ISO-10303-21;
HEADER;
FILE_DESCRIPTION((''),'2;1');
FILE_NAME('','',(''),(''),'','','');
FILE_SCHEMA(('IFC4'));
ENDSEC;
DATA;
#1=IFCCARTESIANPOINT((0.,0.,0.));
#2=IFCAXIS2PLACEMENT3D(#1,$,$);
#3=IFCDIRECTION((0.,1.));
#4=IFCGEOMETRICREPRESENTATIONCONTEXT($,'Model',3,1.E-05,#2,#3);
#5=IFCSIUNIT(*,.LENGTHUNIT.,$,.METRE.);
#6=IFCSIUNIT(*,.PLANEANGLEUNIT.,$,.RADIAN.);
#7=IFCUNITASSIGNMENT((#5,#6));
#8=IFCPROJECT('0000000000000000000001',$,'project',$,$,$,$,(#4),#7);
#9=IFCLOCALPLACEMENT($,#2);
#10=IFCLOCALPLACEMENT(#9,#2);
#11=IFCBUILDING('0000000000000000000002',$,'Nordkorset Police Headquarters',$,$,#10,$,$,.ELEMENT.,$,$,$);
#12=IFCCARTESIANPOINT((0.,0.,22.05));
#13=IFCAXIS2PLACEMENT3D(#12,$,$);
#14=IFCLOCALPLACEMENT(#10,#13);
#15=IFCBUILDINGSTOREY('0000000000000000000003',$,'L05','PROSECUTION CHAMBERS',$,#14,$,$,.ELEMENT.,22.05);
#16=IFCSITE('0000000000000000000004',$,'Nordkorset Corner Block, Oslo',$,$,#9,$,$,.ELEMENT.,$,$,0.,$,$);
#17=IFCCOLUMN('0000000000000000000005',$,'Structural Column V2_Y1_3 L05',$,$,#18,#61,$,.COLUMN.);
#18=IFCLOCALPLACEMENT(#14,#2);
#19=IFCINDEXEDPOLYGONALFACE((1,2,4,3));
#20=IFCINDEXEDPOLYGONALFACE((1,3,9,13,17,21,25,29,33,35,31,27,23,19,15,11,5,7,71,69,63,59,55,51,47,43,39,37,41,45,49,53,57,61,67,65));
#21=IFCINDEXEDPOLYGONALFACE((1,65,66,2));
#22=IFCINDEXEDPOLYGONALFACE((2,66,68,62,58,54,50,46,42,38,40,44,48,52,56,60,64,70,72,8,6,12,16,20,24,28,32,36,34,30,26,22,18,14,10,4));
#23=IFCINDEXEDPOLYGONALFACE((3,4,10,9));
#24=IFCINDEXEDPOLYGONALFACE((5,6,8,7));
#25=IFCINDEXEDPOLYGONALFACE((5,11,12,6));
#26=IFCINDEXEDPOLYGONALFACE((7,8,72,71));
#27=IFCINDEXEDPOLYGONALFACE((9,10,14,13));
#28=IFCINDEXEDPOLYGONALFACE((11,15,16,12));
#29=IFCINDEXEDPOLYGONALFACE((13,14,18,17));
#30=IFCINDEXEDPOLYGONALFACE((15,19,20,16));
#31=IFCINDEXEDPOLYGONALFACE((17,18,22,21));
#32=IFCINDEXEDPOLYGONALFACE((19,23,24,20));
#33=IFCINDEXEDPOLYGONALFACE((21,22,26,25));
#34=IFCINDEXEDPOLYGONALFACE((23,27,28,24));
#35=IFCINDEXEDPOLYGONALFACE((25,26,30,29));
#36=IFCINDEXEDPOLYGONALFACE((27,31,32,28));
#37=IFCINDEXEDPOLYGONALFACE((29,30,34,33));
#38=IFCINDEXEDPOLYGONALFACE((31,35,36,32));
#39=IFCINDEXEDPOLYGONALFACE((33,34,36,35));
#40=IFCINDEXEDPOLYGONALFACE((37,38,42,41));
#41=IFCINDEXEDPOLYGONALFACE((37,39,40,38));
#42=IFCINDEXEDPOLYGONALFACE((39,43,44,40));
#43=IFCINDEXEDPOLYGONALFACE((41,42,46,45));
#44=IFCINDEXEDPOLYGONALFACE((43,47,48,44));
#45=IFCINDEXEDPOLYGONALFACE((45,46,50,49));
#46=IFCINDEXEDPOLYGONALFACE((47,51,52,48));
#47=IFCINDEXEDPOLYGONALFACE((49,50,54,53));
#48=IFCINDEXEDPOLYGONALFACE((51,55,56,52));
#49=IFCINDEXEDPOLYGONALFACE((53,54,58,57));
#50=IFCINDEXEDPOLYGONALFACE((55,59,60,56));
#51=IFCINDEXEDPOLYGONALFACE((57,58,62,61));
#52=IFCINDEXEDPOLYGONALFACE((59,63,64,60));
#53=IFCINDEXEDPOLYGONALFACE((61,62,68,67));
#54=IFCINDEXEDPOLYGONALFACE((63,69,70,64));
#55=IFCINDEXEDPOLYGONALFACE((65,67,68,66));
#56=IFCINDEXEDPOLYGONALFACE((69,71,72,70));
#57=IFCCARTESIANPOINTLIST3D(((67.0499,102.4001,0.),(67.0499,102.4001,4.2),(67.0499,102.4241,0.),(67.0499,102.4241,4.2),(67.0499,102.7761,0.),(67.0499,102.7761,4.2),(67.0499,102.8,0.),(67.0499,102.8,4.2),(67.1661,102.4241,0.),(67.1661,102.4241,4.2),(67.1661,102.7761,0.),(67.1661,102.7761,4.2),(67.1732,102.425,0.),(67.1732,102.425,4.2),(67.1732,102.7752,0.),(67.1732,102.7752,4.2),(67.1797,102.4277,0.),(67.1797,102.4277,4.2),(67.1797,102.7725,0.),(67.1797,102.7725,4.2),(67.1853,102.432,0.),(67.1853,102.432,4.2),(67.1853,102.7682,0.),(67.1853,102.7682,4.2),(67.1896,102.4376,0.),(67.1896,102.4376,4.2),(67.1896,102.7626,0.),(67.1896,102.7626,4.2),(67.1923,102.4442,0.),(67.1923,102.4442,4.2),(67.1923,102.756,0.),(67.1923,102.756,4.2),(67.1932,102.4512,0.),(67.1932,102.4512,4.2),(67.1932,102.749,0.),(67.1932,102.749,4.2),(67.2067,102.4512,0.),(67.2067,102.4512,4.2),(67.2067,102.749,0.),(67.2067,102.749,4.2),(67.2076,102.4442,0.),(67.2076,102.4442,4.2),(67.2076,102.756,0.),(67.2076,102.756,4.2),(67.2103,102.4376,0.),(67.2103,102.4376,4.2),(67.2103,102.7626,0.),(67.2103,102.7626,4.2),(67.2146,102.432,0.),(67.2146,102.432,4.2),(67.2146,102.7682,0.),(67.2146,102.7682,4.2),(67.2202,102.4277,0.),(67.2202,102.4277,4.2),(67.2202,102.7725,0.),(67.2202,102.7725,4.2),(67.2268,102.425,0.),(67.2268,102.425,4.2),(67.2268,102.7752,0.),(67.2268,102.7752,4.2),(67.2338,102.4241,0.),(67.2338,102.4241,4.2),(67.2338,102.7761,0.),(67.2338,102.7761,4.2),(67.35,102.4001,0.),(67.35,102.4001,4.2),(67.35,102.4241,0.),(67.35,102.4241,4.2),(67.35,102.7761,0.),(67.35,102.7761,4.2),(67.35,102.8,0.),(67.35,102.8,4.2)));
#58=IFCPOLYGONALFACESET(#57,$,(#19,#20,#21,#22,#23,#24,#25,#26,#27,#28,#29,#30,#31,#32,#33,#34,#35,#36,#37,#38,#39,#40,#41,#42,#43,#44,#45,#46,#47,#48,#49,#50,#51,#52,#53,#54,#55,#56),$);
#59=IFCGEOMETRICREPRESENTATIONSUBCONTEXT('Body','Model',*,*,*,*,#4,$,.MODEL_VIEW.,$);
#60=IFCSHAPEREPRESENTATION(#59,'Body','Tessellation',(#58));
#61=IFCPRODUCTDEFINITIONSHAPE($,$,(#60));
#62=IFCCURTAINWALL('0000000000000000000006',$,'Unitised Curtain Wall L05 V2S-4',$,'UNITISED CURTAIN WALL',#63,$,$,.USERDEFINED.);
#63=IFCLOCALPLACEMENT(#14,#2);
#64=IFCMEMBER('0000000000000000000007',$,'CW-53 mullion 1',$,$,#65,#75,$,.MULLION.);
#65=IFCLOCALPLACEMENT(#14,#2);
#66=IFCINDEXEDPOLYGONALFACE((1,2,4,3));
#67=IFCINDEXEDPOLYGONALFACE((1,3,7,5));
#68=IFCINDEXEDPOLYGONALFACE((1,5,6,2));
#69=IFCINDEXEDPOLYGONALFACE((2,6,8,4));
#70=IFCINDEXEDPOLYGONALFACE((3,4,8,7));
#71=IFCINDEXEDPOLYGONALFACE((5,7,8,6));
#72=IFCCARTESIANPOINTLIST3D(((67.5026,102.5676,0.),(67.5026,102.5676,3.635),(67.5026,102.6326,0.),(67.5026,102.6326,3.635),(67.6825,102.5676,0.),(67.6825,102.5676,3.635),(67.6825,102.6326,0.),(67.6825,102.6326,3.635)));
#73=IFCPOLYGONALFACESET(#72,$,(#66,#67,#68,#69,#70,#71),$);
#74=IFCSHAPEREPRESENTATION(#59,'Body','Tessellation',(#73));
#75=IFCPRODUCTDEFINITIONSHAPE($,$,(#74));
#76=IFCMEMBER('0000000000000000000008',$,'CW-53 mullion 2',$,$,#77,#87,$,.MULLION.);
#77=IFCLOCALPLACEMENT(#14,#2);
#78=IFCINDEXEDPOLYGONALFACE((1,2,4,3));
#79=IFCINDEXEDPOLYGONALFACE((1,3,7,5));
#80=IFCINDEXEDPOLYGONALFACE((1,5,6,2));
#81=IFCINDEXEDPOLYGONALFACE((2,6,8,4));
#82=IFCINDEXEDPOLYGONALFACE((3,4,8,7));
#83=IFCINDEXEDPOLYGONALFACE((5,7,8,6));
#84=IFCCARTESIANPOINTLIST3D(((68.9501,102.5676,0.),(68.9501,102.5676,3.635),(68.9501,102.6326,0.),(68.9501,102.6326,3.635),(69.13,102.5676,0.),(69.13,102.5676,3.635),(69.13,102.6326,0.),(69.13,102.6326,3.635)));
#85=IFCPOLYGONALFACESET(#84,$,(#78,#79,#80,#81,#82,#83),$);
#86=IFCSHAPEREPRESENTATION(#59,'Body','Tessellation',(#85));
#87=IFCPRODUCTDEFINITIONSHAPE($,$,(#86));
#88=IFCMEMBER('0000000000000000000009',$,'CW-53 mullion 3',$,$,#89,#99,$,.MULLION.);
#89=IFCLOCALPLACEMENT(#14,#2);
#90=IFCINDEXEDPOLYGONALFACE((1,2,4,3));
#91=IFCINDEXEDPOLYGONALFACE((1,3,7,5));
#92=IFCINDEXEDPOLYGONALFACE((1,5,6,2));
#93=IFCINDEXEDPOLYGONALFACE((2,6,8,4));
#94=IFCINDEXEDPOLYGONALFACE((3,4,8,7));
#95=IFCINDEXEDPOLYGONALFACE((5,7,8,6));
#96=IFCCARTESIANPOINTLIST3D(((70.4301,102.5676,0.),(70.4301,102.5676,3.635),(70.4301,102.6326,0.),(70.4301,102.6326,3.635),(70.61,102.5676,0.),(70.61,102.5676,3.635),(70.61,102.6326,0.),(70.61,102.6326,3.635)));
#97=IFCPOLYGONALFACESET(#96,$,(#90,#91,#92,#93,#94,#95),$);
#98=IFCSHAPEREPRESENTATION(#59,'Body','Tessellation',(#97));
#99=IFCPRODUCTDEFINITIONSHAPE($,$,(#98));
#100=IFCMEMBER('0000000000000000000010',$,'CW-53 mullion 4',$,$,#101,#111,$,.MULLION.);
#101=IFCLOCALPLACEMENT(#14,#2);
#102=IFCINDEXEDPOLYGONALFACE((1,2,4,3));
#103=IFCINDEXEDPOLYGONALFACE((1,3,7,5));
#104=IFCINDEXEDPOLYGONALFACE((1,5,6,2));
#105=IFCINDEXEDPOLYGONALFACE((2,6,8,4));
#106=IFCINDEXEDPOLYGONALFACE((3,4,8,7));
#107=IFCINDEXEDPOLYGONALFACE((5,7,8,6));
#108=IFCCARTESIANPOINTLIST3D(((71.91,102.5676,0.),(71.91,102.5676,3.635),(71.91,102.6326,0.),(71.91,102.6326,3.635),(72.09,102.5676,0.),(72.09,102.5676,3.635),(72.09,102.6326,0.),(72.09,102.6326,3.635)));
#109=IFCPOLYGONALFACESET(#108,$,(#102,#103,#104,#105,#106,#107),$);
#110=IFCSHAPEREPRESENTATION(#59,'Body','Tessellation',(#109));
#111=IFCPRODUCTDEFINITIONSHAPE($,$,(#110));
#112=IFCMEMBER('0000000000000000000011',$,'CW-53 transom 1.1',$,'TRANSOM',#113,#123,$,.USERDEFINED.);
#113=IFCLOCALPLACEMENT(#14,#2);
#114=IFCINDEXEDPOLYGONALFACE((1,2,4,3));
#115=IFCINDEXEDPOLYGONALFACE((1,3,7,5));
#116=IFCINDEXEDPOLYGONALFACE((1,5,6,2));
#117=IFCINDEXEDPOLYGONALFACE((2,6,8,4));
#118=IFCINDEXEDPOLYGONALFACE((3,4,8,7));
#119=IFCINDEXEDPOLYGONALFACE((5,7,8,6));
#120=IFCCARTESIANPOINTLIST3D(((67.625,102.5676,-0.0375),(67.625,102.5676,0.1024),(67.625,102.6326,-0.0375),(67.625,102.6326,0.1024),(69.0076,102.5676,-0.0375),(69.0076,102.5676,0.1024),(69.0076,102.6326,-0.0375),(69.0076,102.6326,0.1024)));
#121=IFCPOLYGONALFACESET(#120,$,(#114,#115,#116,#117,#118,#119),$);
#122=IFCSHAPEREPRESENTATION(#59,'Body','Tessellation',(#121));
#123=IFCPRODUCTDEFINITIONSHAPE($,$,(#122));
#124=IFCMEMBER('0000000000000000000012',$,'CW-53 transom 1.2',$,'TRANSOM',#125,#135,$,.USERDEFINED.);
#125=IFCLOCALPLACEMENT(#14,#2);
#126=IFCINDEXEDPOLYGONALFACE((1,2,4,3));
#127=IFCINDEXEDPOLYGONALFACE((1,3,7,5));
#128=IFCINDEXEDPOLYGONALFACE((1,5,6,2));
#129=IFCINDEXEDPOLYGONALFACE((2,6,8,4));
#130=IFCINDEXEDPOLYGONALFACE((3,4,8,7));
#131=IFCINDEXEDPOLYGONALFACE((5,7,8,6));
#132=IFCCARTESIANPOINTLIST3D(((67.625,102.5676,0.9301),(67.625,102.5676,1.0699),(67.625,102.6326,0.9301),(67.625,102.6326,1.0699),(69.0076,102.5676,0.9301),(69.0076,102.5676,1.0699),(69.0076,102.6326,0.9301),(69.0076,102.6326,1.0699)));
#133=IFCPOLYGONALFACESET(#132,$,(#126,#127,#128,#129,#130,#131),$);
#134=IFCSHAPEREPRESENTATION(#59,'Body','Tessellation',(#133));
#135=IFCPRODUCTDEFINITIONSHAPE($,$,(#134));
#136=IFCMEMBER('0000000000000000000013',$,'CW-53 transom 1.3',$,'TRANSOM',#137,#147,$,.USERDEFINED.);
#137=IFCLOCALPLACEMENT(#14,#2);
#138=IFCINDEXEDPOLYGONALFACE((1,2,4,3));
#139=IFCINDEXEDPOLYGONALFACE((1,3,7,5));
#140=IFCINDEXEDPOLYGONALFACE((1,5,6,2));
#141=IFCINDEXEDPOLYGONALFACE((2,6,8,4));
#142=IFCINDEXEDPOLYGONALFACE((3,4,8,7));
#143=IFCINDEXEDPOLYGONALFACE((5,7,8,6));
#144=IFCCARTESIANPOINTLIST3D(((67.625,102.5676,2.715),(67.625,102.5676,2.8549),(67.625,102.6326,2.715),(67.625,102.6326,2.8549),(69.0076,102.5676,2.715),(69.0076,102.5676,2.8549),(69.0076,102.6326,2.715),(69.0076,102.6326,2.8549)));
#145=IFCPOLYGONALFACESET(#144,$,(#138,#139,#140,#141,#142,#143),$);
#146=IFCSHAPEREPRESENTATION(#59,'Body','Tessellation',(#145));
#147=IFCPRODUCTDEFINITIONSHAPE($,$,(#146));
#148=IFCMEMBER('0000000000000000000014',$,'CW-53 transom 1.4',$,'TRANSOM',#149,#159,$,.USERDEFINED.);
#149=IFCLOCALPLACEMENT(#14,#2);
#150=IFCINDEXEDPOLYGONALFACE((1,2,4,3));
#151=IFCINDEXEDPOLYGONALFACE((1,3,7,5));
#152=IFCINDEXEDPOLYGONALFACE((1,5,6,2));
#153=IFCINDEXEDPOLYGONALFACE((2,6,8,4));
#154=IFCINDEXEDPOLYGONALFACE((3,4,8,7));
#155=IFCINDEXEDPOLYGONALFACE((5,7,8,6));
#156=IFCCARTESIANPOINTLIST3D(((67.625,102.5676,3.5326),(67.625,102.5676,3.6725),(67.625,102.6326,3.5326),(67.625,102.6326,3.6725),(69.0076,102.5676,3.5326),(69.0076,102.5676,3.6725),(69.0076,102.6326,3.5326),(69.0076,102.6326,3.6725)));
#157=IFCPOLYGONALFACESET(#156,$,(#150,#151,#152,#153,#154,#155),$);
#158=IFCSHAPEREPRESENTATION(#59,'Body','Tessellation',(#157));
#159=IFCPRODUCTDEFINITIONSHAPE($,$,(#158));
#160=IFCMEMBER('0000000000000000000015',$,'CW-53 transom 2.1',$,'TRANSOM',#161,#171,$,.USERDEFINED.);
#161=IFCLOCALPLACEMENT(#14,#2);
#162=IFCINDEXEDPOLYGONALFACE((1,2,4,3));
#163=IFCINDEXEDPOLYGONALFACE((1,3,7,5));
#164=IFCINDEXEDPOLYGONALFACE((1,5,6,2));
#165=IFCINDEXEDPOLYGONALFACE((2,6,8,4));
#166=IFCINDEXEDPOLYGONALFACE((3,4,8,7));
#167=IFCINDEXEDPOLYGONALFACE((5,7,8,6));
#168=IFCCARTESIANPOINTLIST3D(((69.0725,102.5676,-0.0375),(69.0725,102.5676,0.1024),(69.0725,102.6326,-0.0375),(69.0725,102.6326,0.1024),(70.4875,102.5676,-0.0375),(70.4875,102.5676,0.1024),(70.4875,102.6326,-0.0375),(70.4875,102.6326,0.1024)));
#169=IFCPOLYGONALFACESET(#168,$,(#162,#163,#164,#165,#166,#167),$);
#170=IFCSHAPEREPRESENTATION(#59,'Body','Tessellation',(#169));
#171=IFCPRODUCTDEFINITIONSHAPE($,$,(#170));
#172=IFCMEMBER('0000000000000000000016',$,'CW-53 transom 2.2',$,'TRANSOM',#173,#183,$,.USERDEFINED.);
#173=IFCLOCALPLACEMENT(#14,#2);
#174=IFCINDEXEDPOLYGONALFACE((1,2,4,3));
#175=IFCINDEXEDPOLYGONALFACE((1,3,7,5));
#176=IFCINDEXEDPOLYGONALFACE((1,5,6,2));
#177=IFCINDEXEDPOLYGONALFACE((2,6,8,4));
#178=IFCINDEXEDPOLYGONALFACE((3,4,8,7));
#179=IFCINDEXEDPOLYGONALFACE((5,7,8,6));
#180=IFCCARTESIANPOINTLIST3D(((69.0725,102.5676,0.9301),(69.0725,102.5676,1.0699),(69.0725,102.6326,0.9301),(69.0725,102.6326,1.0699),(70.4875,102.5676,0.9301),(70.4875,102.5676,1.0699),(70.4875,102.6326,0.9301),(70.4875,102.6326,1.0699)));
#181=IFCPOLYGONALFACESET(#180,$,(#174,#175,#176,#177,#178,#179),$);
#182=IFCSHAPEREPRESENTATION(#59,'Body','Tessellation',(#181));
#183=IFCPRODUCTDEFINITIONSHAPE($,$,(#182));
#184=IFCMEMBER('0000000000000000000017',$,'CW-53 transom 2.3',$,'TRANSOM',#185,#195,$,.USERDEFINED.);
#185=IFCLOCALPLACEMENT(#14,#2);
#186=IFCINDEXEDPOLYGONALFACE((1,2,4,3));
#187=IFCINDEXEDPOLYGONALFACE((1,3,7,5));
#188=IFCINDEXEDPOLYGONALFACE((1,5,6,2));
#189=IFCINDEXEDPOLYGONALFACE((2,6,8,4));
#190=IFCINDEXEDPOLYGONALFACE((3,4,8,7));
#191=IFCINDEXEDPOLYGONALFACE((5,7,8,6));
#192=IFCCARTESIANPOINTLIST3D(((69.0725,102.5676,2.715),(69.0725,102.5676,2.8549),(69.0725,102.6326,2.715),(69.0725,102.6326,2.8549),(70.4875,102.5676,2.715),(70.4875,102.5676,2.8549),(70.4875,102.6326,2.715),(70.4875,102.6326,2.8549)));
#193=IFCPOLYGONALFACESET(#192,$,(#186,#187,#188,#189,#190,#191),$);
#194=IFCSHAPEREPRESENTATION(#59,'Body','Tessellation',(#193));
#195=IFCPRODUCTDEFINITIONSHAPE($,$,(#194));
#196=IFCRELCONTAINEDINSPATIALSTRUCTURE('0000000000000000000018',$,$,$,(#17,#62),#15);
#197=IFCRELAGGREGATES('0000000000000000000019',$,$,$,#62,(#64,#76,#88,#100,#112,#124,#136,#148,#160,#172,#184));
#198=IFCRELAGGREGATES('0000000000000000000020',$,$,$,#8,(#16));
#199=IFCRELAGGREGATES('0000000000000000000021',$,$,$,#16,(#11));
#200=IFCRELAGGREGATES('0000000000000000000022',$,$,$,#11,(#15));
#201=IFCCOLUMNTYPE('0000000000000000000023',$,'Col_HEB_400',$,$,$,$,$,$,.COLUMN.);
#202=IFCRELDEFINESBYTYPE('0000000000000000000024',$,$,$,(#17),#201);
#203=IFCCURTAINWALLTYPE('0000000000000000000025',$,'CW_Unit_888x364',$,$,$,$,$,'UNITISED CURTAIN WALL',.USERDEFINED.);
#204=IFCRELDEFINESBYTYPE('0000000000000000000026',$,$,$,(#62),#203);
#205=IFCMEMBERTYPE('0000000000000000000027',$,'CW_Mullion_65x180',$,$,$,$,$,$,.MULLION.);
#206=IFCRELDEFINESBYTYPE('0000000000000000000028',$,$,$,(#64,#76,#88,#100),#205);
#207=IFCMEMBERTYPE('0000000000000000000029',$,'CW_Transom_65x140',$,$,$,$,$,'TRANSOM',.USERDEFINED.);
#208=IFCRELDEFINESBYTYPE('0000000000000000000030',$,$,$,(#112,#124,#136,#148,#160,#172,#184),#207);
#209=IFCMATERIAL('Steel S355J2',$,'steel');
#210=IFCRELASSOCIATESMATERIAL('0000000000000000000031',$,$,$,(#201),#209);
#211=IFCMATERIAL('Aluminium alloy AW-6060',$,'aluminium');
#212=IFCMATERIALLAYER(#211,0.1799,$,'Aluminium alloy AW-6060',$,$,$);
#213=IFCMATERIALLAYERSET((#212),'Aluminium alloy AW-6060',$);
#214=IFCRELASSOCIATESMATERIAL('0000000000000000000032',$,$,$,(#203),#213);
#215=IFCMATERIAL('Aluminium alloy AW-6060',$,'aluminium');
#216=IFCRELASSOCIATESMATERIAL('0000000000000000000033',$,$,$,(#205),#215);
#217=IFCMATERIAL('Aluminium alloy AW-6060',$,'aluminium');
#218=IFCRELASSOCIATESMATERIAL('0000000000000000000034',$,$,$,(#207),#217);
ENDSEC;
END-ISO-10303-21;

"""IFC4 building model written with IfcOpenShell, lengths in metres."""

from ifc_helpers import new_model, si_unit, direction, frame, origin, origin_2d, place, context, subcontext, project, spatial, rectangle, i_section, extrude, material, layer, layer_set, material_profile, profile_set, type_object, element, aggregate, save


model = new_model("IFC4")

# Units and contexts
model_context = context("Model", 3, precision=1e-05, world=origin(), true_north=direction((0.0, 1.0)))
body_context = subcontext(model_context, "Body", "Model", "MODEL_VIEW")
ifc_project = project(units=[si_unit("LENGTHUNIT", "METRE"), si_unit("PLANEANGLEUNIT", "RADIAN")], contexts=[model_context])

# Site, building, storey
site_placement = place(None, origin())
site = spatial("IfcSite", under=ifc_project, at=site_placement, Name="Nordkorset Corner Block, Oslo", CompositionType="ELEMENT", RefElevation=0.0)
building_placement = place(site_placement, origin())
building = spatial("IfcBuilding", under=site, at=building_placement, Name="Nordkorset Police Headquarters", CompositionType="ELEMENT")
storey_placement = place(building_placement, frame((0.0, 0.0, 22.05)))
storey = spatial("IfcBuildingStorey", under=building, at=storey_placement, Name="L05", Description="PROSECUTION CHAMBERS", CompositionType="ELEMENT", Elevation=22.05)

# Column
ifc_material_1 = material(Name="Steel S355J2", Category="steel")
ifc_material_profile_1 = material_profile(ifc_material_1, i_section(OverallWidth=0.3, OverallDepth=0.3999, WebThickness=0.0134, FlangeThickness=0.0239, FilletRadius=0.0271, at=origin_2d()), Name="HEB 400")
ifc_profile_set_1 = profile_set([ifc_material_profile_1], Name="Steel S355J2")
column_type = type_object("IfcColumnType", Name="Col_HEB_400", PredefinedType="COLUMN", material=ifc_profile_set_1)
column_placement = place(storey_placement, frame((67.2, 102.6001, 0.0), z_axis=(0.0, 0.0, 1.0), x_axis=(1.0, 0.0, 0.0)))
element("IfcColumn", 1, at=column_placement, inside=storey, type_object=column_type, Name="Structural Column V2_Y1_3 L05", PredefinedType="COLUMN", context=body_context, shape_type="SweptSolid", body=[
    extrude(i_section(OverallWidth=0.3, OverallDepth=0.3999, WebThickness=0.0134, FlangeThickness=0.0239, FilletRadius=0.0271, at=origin_2d()), origin(), (0.0, 0.0, 1.0), 4.2),
])

# Curtain wall, members
ifc_material_2 = material(Name="Aluminium alloy AW-6060", Category="aluminium")
ifc_layer_1 = layer(ifc_material_2, 0.1799, Name="Aluminium alloy AW-6060")
ifc_layer_set_1 = layer_set([ifc_layer_1], Name="Aluminium alloy AW-6060")
curtain_wall_type = type_object("IfcCurtainWallType", Name="CW_Unit_888x364", ElementType="UNITISED CURTAIN WALL", PredefinedType="USERDEFINED", material=ifc_layer_set_1)
curtain_wall_placement = place(storey_placement, origin())
curtain_wall = element("IfcCurtainWall", 2, at=curtain_wall_placement, inside=storey, type_object=curtain_wall_type, Name="Unitised Curtain Wall L05 V2S-4", ObjectType="UNITISED CURTAIN WALL", PredefinedType="USERDEFINED")
ifc_material_3 = material(Name="Aluminium alloy AW-6060", Category="aluminium")
ifc_material_profile_2 = material_profile(ifc_material_3, rectangle(XDim=0.0649, YDim=0.1799, at=origin_2d()), Name="ALU MULL 65x180")
ifc_profile_set_2 = profile_set([ifc_material_profile_2], Name="Aluminium alloy AW-6060")
member_type_1 = type_object("IfcMemberType", Name="CW_Mullion_65x180", PredefinedType="MULLION", material=ifc_profile_set_2)
member_1_placement = place(storey_placement, frame((67.5925, 102.6001, 0.0), z_axis=(0.0, 0.0, 1.0), x_axis=(0.0, 1.0, 0.0)))
member_1 = element("IfcMember", 3, at=member_1_placement, type_object=member_type_1, Name="CW-53 mullion 1", PredefinedType="MULLION", context=body_context, shape_type="SweptSolid", body=[
    extrude(rectangle(XDim=0.0649, YDim=0.1799, at=origin_2d()), origin(), (0.0, 0.0, 1.0), 3.635),
])
member_2_placement = place(storey_placement, frame((69.04, 102.6001, 0.0), z_axis=(0.0, 0.0, 1.0), x_axis=(0.0, 1.0, 0.0)))
member_2 = element("IfcMember", 4, at=member_2_placement, type_object=member_type_1, Name="CW-53 mullion 2", PredefinedType="MULLION", context=body_context, shape_type="SweptSolid", body=[
    extrude(rectangle(XDim=0.0649, YDim=0.1799, at=origin_2d()), origin(), (0.0, 0.0, 1.0), 3.635),
])
member_3_placement = place(storey_placement, frame((70.52, 102.6001, 0.0), z_axis=(0.0, 0.0, 1.0), x_axis=(0.0, 1.0, 0.0)))
member_3 = element("IfcMember", 5, at=member_3_placement, type_object=member_type_1, Name="CW-53 mullion 3", PredefinedType="MULLION", context=body_context, shape_type="SweptSolid", body=[
    extrude(rectangle(XDim=0.0649, YDim=0.1799, at=origin_2d()), origin(), (0.0, 0.0, 1.0), 3.635),
])
member_4_placement = place(storey_placement, frame((72.0, 102.6001, 0.0), z_axis=(0.0, 0.0, 1.0), x_axis=(0.0, 1.0, 0.0)))
member_4 = element("IfcMember", 6, at=member_4_placement, type_object=member_type_1, Name="CW-53 mullion 4", PredefinedType="MULLION", context=body_context, shape_type="SweptSolid", body=[
    extrude(rectangle(XDim=0.0649, YDim=0.1799, at=origin_2d()), origin(), (0.0, 0.0, 1.0), 3.635),
])
ifc_material_4 = material(Name="Aluminium alloy AW-6060", Category="aluminium")
ifc_material_profile_3 = material_profile(ifc_material_4, rectangle(XDim=0.0649, YDim=0.1399, at=origin_2d()), Name="ALU TRAN 65x140")
ifc_profile_set_3 = profile_set([ifc_material_profile_3], Name="Aluminium alloy AW-6060")
member_type_2 = type_object("IfcMemberType", Name="CW_Transom_65x140", ElementType="TRANSOM", PredefinedType="USERDEFINED", material=ifc_profile_set_3)
member_5_placement = place(storey_placement, frame((67.625, 102.6001, 0.0325), z_axis=(1.0, 0.0, 0.0), x_axis=(0.0, 1.0, 0.0)))
member_5 = element("IfcMember", 7, at=member_5_placement, type_object=member_type_2, Name="CW-53 transom 1.1", ObjectType="TRANSOM", PredefinedType="USERDEFINED", context=body_context, shape_type="SweptSolid", body=[
    extrude(rectangle(XDim=0.0649, YDim=0.1399, at=origin_2d()), origin(), (0.0, 0.0, 1.0), 1.3826),
])
member_6_placement = place(storey_placement, frame((67.625, 102.6001, 1.0), z_axis=(1.0, 0.0, 0.0), x_axis=(0.0, 1.0, 0.0)))
member_6 = element("IfcMember", 8, at=member_6_placement, type_object=member_type_2, Name="CW-53 transom 1.2", ObjectType="TRANSOM", PredefinedType="USERDEFINED", context=body_context, shape_type="SweptSolid", body=[
    extrude(rectangle(XDim=0.0649, YDim=0.1399, at=origin_2d()), origin(), (0.0, 0.0, 1.0), 1.3826),
])
member_7_placement = place(storey_placement, frame((67.625, 102.6001, 2.7849), z_axis=(1.0, 0.0, 0.0), x_axis=(0.0, 1.0, 0.0)))
member_7 = element("IfcMember", 9, at=member_7_placement, type_object=member_type_2, Name="CW-53 transom 1.3", ObjectType="TRANSOM", PredefinedType="USERDEFINED", context=body_context, shape_type="SweptSolid", body=[
    extrude(rectangle(XDim=0.0649, YDim=0.1399, at=origin_2d()), origin(), (0.0, 0.0, 1.0), 1.3826),
])
member_8_placement = place(storey_placement, frame((67.625, 102.6001, 3.6025), z_axis=(1.0, 0.0, 0.0), x_axis=(0.0, 1.0, 0.0)))
member_8 = element("IfcMember", 10, at=member_8_placement, type_object=member_type_2, Name="CW-53 transom 1.4", ObjectType="TRANSOM", PredefinedType="USERDEFINED", context=body_context, shape_type="SweptSolid", body=[
    extrude(rectangle(XDim=0.0649, YDim=0.1399, at=origin_2d()), origin(), (0.0, 0.0, 1.0), 1.3826),
])
member_9_placement = place(storey_placement, frame((69.0725, 102.6001, 0.0325), z_axis=(1.0, 0.0, 0.0), x_axis=(0.0, 1.0, 0.0)))
member_9 = element("IfcMember", 11, at=member_9_placement, type_object=member_type_2, Name="CW-53 transom 2.1", ObjectType="TRANSOM", PredefinedType="USERDEFINED", context=body_context, shape_type="SweptSolid", body=[
    extrude(rectangle(XDim=0.0649, YDim=0.1399, at=origin_2d()), origin(), (0.0, 0.0, 1.0), 1.415),
])
member_10_placement = place(storey_placement, frame((69.0725, 102.6001, 1.0), z_axis=(1.0, 0.0, 0.0), x_axis=(0.0, 1.0, 0.0)))
member_10 = element("IfcMember", 12, at=member_10_placement, type_object=member_type_2, Name="CW-53 transom 2.2", ObjectType="TRANSOM", PredefinedType="USERDEFINED", context=body_context, shape_type="SweptSolid", body=[
    extrude(rectangle(XDim=0.0649, YDim=0.1399, at=origin_2d()), origin(), (0.0, 0.0, 1.0), 1.415),
])
member_11_placement = place(storey_placement, frame((69.0725, 102.6001, 2.7849), z_axis=(1.0, 0.0, 0.0), x_axis=(0.0, 1.0, 0.0)))
member_11 = element("IfcMember", 13, at=member_11_placement, type_object=member_type_2, Name="CW-53 transom 2.3", ObjectType="TRANSOM", PredefinedType="USERDEFINED", context=body_context, shape_type="SweptSolid", body=[
    extrude(rectangle(XDim=0.0649, YDim=0.1399, at=origin_2d()), origin(), (0.0, 0.0, 1.0), 1.415),
])

aggregate(curtain_wall, [member_1, member_2, member_3, member_4, member_5, member_6, member_7, member_8, member_9, member_10, member_11])

save(model, "model.ifc")
